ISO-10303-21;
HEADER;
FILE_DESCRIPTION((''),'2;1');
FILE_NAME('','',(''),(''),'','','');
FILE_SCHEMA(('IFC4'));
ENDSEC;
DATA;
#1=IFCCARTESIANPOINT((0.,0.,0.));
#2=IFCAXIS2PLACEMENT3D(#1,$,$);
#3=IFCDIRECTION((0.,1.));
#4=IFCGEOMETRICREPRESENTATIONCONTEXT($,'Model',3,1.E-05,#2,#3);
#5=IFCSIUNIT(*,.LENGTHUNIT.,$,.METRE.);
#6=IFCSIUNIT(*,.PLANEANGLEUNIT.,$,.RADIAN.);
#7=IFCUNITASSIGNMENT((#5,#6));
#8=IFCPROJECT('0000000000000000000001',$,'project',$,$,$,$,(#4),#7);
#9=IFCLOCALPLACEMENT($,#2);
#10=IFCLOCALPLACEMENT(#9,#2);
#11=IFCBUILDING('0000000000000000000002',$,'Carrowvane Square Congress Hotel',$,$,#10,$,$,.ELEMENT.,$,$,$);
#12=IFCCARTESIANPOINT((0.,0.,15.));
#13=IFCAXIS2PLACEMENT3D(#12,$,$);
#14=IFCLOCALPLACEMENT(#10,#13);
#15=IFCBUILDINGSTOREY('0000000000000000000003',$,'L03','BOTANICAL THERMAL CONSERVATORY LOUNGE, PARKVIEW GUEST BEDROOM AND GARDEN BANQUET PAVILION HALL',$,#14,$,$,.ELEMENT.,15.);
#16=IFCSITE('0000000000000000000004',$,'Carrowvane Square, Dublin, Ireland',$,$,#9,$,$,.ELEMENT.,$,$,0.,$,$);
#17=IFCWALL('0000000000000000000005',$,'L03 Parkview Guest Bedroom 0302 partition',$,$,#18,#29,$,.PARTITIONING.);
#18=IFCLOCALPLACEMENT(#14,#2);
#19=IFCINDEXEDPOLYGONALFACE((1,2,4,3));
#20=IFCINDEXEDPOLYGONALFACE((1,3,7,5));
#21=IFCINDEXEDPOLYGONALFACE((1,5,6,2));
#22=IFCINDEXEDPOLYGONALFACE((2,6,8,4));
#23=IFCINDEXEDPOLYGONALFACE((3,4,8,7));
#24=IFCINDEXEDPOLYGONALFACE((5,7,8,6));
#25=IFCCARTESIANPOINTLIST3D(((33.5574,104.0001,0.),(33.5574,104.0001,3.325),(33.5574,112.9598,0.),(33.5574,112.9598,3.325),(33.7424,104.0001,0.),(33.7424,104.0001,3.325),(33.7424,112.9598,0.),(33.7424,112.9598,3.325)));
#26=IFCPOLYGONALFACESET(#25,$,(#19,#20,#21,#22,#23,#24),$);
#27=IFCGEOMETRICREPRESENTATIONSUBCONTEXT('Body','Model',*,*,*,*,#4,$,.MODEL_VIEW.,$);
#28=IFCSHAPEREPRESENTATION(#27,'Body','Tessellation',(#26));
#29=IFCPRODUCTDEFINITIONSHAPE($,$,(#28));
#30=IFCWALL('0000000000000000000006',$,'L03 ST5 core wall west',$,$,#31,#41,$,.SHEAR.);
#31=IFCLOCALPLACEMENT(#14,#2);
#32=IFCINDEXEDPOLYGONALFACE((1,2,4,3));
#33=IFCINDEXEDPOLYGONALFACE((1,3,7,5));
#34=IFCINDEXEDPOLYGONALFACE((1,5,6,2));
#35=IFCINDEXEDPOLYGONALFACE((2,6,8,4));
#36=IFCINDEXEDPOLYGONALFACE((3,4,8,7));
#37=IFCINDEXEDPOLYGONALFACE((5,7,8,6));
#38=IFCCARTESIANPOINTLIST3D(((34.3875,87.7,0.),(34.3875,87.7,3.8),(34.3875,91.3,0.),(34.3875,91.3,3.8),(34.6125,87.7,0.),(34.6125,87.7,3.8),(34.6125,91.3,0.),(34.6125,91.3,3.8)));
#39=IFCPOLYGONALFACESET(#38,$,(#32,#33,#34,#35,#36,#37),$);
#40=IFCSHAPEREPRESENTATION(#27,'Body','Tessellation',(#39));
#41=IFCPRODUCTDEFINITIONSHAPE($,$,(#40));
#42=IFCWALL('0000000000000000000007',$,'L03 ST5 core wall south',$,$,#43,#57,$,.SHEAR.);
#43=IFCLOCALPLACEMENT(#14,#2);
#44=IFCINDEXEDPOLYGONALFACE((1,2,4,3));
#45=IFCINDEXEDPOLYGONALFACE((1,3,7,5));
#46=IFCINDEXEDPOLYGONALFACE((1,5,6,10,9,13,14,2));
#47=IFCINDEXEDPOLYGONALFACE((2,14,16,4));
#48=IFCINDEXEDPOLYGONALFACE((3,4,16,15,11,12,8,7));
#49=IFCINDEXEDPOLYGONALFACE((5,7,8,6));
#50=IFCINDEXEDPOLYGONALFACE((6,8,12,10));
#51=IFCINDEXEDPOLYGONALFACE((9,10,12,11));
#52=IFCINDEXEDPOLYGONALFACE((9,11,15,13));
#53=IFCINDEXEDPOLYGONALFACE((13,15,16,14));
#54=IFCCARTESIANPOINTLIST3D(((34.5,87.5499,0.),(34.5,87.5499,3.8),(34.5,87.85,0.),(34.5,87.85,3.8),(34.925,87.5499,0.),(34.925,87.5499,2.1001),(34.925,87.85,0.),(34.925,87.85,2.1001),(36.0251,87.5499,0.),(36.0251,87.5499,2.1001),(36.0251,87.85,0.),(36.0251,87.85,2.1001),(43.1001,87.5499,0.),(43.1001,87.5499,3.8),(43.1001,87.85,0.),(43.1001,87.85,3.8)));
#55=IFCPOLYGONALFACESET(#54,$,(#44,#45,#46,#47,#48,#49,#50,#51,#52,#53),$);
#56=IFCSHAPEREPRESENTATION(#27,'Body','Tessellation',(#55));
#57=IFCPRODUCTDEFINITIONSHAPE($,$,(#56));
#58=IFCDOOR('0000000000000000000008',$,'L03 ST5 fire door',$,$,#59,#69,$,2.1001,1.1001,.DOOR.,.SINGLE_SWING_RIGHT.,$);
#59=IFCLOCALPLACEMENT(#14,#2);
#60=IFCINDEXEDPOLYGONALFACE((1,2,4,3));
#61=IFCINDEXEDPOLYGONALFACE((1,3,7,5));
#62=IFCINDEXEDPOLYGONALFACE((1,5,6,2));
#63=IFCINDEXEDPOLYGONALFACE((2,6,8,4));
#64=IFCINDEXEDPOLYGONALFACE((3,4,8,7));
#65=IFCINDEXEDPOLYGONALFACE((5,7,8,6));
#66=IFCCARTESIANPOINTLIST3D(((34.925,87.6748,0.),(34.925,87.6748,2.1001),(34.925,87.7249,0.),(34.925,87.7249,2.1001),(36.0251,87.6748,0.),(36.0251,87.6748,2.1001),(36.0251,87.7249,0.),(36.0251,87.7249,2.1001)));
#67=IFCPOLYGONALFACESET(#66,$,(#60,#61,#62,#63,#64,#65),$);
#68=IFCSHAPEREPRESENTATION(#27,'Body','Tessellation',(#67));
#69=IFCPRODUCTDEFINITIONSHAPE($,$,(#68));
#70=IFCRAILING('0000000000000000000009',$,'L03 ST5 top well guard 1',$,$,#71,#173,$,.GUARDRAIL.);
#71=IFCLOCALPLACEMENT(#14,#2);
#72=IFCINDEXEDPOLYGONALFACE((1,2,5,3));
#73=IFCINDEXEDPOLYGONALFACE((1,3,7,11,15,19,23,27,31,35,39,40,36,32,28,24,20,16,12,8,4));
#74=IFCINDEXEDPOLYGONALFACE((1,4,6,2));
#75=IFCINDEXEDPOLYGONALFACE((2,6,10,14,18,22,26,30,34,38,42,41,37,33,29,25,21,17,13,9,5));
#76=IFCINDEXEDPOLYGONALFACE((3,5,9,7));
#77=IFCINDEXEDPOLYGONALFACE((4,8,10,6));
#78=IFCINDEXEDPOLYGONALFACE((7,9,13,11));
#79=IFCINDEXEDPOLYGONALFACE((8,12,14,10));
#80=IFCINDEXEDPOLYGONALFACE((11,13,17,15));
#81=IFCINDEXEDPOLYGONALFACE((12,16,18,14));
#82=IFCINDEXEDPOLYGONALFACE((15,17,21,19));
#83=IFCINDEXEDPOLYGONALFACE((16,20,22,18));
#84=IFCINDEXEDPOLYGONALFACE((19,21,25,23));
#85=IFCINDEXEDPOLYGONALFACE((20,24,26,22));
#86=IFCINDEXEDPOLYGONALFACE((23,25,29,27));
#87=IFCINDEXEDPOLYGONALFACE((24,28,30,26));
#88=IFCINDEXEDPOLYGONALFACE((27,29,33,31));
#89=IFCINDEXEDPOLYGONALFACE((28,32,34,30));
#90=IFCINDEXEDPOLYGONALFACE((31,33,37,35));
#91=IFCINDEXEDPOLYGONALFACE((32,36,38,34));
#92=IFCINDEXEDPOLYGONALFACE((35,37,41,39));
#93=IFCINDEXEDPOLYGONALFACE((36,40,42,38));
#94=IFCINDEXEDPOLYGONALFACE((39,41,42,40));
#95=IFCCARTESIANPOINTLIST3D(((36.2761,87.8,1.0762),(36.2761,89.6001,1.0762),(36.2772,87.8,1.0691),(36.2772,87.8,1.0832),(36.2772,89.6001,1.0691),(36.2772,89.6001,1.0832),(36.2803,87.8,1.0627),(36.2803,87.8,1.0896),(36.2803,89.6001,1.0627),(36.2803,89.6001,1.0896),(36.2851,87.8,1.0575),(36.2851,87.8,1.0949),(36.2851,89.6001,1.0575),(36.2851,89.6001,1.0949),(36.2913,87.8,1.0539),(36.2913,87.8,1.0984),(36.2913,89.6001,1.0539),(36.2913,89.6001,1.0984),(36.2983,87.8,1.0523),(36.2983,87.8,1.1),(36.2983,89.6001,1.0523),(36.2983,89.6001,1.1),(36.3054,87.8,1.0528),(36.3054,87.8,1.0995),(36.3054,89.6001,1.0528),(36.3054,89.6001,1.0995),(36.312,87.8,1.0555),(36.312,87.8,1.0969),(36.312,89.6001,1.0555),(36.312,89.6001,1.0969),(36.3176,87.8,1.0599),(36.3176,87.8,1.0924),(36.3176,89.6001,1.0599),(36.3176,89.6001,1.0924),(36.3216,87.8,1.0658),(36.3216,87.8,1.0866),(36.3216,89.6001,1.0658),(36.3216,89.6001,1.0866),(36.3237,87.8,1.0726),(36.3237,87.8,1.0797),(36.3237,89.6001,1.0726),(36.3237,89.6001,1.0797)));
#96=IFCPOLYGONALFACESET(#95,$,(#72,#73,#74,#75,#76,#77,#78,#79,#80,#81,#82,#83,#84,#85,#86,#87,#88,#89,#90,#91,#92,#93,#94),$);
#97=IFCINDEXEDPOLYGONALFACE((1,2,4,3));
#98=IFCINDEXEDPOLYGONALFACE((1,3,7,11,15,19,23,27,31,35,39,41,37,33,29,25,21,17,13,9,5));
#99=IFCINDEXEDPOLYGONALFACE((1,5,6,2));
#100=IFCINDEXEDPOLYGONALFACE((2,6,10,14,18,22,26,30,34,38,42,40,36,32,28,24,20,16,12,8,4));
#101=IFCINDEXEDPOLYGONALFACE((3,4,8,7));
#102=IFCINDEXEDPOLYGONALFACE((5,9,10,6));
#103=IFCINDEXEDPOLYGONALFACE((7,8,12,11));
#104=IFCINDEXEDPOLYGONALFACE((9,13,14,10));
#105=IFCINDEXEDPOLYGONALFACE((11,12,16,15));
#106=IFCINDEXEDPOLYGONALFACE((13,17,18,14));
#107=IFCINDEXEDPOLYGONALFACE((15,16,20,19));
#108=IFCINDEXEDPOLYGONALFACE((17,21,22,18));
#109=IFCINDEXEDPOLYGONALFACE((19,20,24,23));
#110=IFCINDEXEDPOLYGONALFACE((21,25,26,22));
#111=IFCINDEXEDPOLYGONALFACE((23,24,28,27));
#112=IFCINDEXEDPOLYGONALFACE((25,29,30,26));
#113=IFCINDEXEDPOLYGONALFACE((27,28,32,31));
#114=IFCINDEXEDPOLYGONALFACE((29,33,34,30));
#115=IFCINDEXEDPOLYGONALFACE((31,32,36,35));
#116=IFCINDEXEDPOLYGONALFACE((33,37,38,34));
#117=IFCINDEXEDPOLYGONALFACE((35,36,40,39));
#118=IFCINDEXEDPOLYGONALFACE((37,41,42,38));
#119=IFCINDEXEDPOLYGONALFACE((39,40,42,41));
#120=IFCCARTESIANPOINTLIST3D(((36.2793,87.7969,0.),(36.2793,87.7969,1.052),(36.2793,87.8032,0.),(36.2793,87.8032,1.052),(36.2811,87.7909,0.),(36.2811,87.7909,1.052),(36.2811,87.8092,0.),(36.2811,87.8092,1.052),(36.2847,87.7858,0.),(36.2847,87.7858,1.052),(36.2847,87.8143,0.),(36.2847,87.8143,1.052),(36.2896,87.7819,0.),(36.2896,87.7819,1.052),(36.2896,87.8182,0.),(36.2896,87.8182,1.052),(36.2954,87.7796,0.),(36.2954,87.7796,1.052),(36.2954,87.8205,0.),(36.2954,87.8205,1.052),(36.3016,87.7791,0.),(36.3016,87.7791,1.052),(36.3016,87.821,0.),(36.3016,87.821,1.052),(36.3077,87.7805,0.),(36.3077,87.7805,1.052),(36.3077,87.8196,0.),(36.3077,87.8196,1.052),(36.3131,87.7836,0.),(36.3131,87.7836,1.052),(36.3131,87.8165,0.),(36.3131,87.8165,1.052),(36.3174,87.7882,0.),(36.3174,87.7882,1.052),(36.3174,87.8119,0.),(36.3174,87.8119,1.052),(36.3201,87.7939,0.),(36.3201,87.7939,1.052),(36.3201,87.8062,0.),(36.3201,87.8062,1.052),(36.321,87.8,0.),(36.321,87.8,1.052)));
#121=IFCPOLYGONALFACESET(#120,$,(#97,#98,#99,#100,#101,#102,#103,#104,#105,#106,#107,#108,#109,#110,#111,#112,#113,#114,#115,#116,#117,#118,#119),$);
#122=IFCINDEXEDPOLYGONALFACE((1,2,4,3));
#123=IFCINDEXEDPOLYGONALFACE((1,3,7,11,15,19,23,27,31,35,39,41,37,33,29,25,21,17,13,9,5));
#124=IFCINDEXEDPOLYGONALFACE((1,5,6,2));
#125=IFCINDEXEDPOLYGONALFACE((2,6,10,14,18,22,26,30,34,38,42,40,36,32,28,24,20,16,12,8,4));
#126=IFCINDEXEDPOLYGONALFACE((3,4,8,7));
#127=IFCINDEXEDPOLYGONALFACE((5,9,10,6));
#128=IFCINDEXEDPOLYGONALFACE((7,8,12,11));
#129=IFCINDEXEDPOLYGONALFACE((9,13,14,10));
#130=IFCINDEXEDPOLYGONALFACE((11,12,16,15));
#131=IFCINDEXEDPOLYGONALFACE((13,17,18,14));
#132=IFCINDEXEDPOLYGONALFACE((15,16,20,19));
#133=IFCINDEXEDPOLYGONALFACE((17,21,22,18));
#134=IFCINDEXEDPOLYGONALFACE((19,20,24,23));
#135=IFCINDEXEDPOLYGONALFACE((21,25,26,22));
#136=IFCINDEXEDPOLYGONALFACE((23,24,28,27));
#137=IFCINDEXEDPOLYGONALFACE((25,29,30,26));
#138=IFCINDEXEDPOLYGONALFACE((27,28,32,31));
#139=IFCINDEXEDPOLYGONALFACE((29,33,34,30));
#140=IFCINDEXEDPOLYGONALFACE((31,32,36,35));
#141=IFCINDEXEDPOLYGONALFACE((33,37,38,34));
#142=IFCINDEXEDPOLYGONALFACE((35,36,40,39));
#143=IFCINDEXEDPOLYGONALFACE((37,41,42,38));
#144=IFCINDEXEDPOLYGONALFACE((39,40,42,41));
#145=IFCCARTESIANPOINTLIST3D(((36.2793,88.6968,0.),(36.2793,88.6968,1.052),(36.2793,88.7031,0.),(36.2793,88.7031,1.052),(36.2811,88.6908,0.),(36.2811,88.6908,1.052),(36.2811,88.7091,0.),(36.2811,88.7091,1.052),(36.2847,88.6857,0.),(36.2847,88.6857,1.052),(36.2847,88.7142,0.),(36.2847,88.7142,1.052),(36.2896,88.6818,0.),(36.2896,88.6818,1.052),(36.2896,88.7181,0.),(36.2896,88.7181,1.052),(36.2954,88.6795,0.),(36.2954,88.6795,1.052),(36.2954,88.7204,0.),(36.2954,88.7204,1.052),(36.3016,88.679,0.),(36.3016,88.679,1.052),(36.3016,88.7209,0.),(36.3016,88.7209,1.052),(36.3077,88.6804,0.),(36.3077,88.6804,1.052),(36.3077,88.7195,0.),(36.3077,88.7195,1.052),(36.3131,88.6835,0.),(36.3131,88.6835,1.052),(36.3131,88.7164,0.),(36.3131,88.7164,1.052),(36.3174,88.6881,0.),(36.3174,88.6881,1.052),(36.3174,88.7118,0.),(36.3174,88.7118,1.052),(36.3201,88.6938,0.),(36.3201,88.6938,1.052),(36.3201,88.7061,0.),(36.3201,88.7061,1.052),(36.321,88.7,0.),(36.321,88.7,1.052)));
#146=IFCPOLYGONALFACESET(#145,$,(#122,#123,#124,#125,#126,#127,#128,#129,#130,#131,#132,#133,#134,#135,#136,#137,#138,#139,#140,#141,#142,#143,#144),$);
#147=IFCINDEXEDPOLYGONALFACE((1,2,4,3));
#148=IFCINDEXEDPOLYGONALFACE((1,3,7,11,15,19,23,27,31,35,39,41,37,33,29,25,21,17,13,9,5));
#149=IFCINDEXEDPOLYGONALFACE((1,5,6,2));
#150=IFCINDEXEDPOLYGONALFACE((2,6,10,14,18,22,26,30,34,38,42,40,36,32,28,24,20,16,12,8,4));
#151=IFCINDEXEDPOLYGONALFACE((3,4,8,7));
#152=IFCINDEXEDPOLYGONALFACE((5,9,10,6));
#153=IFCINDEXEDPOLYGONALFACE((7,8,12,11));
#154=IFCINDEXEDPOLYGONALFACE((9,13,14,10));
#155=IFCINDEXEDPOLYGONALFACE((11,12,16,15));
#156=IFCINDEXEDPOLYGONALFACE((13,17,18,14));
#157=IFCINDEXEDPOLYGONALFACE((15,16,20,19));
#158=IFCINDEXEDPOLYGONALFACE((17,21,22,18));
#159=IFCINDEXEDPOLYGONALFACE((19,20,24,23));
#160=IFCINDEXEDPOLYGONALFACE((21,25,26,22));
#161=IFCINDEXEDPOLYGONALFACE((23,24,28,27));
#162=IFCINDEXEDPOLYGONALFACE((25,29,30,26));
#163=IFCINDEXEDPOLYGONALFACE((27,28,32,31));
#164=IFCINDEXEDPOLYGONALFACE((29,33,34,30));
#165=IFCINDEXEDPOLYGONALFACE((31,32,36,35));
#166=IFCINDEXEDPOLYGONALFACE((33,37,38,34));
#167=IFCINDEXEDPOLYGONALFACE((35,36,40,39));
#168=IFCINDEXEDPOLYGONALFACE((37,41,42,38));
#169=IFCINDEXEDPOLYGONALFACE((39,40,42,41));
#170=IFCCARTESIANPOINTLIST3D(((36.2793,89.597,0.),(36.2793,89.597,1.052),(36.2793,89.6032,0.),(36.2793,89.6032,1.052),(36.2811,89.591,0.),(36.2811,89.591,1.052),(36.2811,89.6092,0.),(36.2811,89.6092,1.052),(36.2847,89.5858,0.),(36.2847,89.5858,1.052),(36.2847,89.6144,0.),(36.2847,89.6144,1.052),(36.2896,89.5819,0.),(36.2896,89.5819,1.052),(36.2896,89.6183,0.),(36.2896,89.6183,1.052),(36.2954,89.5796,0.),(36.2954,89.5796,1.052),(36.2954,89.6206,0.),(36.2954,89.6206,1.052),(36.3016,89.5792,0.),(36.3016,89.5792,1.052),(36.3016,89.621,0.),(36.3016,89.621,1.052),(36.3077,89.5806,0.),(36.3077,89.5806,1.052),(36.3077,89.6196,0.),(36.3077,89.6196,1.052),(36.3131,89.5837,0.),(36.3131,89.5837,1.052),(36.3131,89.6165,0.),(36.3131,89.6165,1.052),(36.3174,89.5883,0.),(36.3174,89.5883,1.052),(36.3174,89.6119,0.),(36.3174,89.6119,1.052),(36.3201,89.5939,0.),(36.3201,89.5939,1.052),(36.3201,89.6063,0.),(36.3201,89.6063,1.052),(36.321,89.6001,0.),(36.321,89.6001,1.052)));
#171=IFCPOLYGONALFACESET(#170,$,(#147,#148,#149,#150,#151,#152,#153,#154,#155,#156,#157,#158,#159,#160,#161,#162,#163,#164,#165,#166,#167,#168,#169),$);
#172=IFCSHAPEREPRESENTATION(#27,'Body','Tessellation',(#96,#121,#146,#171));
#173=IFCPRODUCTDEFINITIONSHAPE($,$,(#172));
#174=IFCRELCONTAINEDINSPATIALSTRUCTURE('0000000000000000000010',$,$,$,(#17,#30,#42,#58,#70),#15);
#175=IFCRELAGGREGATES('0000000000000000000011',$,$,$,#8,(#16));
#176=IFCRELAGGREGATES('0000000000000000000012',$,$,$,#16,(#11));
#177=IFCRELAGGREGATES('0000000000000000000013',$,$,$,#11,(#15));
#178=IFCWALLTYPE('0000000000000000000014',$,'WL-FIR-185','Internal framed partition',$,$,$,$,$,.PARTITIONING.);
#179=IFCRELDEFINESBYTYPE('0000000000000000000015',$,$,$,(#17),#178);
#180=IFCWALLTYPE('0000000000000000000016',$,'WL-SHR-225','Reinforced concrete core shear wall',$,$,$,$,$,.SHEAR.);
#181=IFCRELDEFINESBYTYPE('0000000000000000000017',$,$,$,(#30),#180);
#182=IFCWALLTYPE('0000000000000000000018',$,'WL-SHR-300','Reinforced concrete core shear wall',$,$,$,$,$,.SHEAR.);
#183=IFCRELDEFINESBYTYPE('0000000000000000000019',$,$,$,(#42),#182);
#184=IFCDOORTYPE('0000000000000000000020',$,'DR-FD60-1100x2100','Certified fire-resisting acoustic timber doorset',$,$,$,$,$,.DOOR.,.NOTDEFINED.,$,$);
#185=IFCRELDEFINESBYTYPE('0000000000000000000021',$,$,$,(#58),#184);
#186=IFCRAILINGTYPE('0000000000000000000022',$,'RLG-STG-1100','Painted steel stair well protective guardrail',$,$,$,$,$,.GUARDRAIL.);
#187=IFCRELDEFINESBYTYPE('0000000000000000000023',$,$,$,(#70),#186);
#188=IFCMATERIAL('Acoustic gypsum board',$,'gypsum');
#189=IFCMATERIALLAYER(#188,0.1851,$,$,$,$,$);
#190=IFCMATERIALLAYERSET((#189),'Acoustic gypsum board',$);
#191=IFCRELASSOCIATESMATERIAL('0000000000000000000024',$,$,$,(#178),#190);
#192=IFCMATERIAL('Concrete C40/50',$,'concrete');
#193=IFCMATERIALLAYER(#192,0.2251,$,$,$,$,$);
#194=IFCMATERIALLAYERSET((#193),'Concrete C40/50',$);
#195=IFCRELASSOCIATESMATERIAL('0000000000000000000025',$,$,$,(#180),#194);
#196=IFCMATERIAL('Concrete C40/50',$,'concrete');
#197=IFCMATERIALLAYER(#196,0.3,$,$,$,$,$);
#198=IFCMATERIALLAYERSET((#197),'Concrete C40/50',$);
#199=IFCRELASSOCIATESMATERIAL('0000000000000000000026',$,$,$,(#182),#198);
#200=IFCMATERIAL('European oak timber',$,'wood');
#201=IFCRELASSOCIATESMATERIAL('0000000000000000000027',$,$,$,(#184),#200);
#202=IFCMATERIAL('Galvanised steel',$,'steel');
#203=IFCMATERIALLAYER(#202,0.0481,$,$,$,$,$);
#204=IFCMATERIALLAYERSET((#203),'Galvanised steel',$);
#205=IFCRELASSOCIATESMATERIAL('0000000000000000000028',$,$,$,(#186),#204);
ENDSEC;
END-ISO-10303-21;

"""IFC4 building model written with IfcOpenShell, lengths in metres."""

from ifc_helpers import new_model, si_unit, direction, frame, frame_2d, origin, origin_2d, place, context, subcontext, project, spatial, rectangle, circle, extrude, material, layer, layer_set, type_object, element, fill, save


model = new_model("IFC4")

# Units and contexts
model_context = context("Model", 3, precision=1e-05, world=origin(), true_north=direction((0.0, 1.0)))
body_context = subcontext(model_context, "Body", "Model", "MODEL_VIEW")
ifc_project = project(units=[si_unit("LENGTHUNIT", "METRE"), si_unit("PLANEANGLEUNIT", "RADIAN")], contexts=[model_context])

# Site, building, storey
site_placement = place(None, origin())
site = spatial("IfcSite", under=ifc_project, at=site_placement, Name="Carrowvane Square, Dublin, Ireland", CompositionType="ELEMENT", RefElevation=0.0)
building_placement = place(site_placement, origin())
building = spatial("IfcBuilding", under=site, at=building_placement, Name="Carrowvane Square Congress Hotel", CompositionType="ELEMENT")
storey_placement = place(building_placement, frame((0.0, 0.0, 15.0)))
storey = spatial("IfcBuildingStorey", under=building, at=storey_placement, Name="L03", Description="BOTANICAL THERMAL CONSERVATORY LOUNGE, PARKVIEW GUEST BEDROOM AND GARDEN BANQUET PAVILION HALL", CompositionType="ELEMENT", Elevation=15.0)

# Walls
ifc_material_1 = material(Name="Acoustic gypsum board", Category="gypsum")
ifc_layer_1 = layer(ifc_material_1, 0.1851)
ifc_layer_set_1 = layer_set([ifc_layer_1], Name="Acoustic gypsum board")
wall_type_1 = type_object("IfcWallType", Name="WL-FIR-185", Description="Internal framed partition", PredefinedType="PARTITIONING", material=ifc_layer_set_1)
wall_1_placement = place(storey_placement, frame((33.6499, 104.0, 0.0), z_axis=(0.0, 0.0, 1.0), x_axis=(0.0, 1.0, 0.0)))
element("IfcWall", 1, at=wall_1_placement, inside=storey, type_object=wall_type_1, Name="L03 Parkview Guest Bedroom 0302 partition", PredefinedType="PARTITIONING", context=body_context, shape_type="SweptSolid", body=[
    extrude(rectangle(XDim=8.9597, YDim=0.1851, at=frame_2d((4.48, 0.0))), origin(), (0.0, 0.0, 1.0), 3.325),
])
ifc_material_2 = material(Name="Concrete C40/50", Category="concrete")
ifc_layer_2 = layer(ifc_material_2, 0.2251)
ifc_layer_set_2 = layer_set([ifc_layer_2], Name="Concrete C40/50")
wall_type_2 = type_object("IfcWallType", Name="WL-SHR-225", Description="Reinforced concrete core shear wall", PredefinedType="SHEAR", material=ifc_layer_set_2)
wall_2_placement = place(storey_placement, frame((34.5, 91.3, 0.0), z_axis=(0.0, 0.0, 1.0), x_axis=(0.0, -1.0, 0.0)))
element("IfcWall", 2, at=wall_2_placement, inside=storey, type_object=wall_type_2, Name="L03 ST5 core wall west", PredefinedType="SHEAR", context=body_context, shape_type="SweptSolid", body=[
    extrude(rectangle(XDim=3.6001, YDim=0.2251, at=frame_2d((1.8, 0.0))), origin(), (0.0, 0.0, 1.0), 3.8),
])

# Wall, opening, door
ifc_material_3 = material(Name="Concrete C40/50", Category="concrete")
ifc_layer_3 = layer(ifc_material_3, 0.3)
ifc_layer_set_3 = layer_set([ifc_layer_3], Name="Concrete C40/50")
wall_type_3 = type_object("IfcWallType", Name="WL-SHR-300", Description="Reinforced concrete core shear wall", PredefinedType="SHEAR", material=ifc_layer_set_3)
wall_3_placement = place(storey_placement, frame((34.5, 87.7, 0.0), z_axis=(0.0, 0.0, 1.0), x_axis=(1.0, 0.0, 0.0)))
wall_3 = element("IfcWall", 3, at=wall_3_placement, inside=storey, type_object=wall_type_3, Name="L03 ST5 core wall south", PredefinedType="SHEAR", context=body_context, shape_type="SweptSolid", body=[
    extrude(rectangle(XDim=8.6001, YDim=0.3, at=frame_2d((4.3, 0.0))), origin(), (0.0, 0.0, 1.0), 3.8),
])
opening_1_placement = place(wall_3_placement, frame((0.425, 0.0, 0.0)))
opening_1 = element("IfcOpeningElement", 4, at=opening_1_placement, cuts=wall_3, PredefinedType="OPENING", context=body_context, shape_type="SweptSolid", body=[
    extrude(rectangle(XDim=1.1001, YDim=2.1001, at=frame_2d((0.55, 1.05))), frame((0.0, 0.1599, 0.0), z_axis=(0.0, -1.0, 0.0), x_axis=(1.0, 0.0, 0.0)), (0.0, 0.0, 1.0), 0.3201),
])
ifc_material_4 = material(Name="European oak timber", Category="wood")
door_type_1 = type_object("IfcDoorType", Name="DR-FD60-1100x2100", Description="Certified fire-resisting acoustic timber doorset", OperationType="NOTDEFINED", PredefinedType="DOOR", material=ifc_material_4)
door_1_placement = place(opening_1_placement, origin())
door_1 = element("IfcDoor", 5, at=door_1_placement, inside=storey, type_object=door_type_1, Name="L03 ST5 fire door", OperationType="SINGLE_SWING_RIGHT", OverallHeight=2.1001, OverallWidth=1.1001, PredefinedType="DOOR", context=body_context, shape_type="SweptSolid", body=[
    extrude(rectangle(XDim=1.1001, YDim=2.1001, at=frame_2d((0.55, 1.05))), frame((0.0, 0.0249, 0.0), z_axis=(0.0, -1.0, 0.0), x_axis=(1.0, 0.0, 0.0)), (0.0, 0.0, 1.0), 0.05),
])
fill(opening_1, door_1)

# Railing
ifc_material_5 = material(Name="Galvanised steel", Category="steel")
ifc_layer_4 = layer(ifc_material_5, 0.0481)
ifc_layer_set_4 = layer_set([ifc_layer_4], Name="Galvanised steel")
railing_type = type_object("IfcRailingType", Name="RLG-STG-1100", Description="Painted steel stair well protective guardrail", PredefinedType="GUARDRAIL", material=ifc_layer_set_4)
railing_placement = place(storey_placement, frame((36.3, 87.8, 0.0)))
element("IfcRailing", 6, at=railing_placement, inside=storey, type_object=railing_type, Name="L03 ST5 top well guard 1", PredefinedType="GUARDRAIL", context=body_context, shape_type="SweptSolid", body=[
    extrude(circle(Radius=0.0239, at=origin_2d()), frame((0.0, 0.0, 1.0762), z_axis=(0.0, 1.0, 0.0), x_axis=(-1.0, 0.0, 0.0)), (0.0, 0.0, 1.0), 1.8),
    extrude(circle(Radius=0.021, at=origin_2d()), origin(), (0.0, 0.0, 1.0), 1.052),
    extrude(circle(Radius=0.021, at=origin_2d()), frame((0.0, 0.8999, 0.0)), (0.0, 0.0, 1.0), 1.052),
    extrude(circle(Radius=0.021, at=origin_2d()), frame((0.0, 1.8, 0.0)), (0.0, 0.0, 1.0), 1.052),
])

save(model, "model.ifc")
